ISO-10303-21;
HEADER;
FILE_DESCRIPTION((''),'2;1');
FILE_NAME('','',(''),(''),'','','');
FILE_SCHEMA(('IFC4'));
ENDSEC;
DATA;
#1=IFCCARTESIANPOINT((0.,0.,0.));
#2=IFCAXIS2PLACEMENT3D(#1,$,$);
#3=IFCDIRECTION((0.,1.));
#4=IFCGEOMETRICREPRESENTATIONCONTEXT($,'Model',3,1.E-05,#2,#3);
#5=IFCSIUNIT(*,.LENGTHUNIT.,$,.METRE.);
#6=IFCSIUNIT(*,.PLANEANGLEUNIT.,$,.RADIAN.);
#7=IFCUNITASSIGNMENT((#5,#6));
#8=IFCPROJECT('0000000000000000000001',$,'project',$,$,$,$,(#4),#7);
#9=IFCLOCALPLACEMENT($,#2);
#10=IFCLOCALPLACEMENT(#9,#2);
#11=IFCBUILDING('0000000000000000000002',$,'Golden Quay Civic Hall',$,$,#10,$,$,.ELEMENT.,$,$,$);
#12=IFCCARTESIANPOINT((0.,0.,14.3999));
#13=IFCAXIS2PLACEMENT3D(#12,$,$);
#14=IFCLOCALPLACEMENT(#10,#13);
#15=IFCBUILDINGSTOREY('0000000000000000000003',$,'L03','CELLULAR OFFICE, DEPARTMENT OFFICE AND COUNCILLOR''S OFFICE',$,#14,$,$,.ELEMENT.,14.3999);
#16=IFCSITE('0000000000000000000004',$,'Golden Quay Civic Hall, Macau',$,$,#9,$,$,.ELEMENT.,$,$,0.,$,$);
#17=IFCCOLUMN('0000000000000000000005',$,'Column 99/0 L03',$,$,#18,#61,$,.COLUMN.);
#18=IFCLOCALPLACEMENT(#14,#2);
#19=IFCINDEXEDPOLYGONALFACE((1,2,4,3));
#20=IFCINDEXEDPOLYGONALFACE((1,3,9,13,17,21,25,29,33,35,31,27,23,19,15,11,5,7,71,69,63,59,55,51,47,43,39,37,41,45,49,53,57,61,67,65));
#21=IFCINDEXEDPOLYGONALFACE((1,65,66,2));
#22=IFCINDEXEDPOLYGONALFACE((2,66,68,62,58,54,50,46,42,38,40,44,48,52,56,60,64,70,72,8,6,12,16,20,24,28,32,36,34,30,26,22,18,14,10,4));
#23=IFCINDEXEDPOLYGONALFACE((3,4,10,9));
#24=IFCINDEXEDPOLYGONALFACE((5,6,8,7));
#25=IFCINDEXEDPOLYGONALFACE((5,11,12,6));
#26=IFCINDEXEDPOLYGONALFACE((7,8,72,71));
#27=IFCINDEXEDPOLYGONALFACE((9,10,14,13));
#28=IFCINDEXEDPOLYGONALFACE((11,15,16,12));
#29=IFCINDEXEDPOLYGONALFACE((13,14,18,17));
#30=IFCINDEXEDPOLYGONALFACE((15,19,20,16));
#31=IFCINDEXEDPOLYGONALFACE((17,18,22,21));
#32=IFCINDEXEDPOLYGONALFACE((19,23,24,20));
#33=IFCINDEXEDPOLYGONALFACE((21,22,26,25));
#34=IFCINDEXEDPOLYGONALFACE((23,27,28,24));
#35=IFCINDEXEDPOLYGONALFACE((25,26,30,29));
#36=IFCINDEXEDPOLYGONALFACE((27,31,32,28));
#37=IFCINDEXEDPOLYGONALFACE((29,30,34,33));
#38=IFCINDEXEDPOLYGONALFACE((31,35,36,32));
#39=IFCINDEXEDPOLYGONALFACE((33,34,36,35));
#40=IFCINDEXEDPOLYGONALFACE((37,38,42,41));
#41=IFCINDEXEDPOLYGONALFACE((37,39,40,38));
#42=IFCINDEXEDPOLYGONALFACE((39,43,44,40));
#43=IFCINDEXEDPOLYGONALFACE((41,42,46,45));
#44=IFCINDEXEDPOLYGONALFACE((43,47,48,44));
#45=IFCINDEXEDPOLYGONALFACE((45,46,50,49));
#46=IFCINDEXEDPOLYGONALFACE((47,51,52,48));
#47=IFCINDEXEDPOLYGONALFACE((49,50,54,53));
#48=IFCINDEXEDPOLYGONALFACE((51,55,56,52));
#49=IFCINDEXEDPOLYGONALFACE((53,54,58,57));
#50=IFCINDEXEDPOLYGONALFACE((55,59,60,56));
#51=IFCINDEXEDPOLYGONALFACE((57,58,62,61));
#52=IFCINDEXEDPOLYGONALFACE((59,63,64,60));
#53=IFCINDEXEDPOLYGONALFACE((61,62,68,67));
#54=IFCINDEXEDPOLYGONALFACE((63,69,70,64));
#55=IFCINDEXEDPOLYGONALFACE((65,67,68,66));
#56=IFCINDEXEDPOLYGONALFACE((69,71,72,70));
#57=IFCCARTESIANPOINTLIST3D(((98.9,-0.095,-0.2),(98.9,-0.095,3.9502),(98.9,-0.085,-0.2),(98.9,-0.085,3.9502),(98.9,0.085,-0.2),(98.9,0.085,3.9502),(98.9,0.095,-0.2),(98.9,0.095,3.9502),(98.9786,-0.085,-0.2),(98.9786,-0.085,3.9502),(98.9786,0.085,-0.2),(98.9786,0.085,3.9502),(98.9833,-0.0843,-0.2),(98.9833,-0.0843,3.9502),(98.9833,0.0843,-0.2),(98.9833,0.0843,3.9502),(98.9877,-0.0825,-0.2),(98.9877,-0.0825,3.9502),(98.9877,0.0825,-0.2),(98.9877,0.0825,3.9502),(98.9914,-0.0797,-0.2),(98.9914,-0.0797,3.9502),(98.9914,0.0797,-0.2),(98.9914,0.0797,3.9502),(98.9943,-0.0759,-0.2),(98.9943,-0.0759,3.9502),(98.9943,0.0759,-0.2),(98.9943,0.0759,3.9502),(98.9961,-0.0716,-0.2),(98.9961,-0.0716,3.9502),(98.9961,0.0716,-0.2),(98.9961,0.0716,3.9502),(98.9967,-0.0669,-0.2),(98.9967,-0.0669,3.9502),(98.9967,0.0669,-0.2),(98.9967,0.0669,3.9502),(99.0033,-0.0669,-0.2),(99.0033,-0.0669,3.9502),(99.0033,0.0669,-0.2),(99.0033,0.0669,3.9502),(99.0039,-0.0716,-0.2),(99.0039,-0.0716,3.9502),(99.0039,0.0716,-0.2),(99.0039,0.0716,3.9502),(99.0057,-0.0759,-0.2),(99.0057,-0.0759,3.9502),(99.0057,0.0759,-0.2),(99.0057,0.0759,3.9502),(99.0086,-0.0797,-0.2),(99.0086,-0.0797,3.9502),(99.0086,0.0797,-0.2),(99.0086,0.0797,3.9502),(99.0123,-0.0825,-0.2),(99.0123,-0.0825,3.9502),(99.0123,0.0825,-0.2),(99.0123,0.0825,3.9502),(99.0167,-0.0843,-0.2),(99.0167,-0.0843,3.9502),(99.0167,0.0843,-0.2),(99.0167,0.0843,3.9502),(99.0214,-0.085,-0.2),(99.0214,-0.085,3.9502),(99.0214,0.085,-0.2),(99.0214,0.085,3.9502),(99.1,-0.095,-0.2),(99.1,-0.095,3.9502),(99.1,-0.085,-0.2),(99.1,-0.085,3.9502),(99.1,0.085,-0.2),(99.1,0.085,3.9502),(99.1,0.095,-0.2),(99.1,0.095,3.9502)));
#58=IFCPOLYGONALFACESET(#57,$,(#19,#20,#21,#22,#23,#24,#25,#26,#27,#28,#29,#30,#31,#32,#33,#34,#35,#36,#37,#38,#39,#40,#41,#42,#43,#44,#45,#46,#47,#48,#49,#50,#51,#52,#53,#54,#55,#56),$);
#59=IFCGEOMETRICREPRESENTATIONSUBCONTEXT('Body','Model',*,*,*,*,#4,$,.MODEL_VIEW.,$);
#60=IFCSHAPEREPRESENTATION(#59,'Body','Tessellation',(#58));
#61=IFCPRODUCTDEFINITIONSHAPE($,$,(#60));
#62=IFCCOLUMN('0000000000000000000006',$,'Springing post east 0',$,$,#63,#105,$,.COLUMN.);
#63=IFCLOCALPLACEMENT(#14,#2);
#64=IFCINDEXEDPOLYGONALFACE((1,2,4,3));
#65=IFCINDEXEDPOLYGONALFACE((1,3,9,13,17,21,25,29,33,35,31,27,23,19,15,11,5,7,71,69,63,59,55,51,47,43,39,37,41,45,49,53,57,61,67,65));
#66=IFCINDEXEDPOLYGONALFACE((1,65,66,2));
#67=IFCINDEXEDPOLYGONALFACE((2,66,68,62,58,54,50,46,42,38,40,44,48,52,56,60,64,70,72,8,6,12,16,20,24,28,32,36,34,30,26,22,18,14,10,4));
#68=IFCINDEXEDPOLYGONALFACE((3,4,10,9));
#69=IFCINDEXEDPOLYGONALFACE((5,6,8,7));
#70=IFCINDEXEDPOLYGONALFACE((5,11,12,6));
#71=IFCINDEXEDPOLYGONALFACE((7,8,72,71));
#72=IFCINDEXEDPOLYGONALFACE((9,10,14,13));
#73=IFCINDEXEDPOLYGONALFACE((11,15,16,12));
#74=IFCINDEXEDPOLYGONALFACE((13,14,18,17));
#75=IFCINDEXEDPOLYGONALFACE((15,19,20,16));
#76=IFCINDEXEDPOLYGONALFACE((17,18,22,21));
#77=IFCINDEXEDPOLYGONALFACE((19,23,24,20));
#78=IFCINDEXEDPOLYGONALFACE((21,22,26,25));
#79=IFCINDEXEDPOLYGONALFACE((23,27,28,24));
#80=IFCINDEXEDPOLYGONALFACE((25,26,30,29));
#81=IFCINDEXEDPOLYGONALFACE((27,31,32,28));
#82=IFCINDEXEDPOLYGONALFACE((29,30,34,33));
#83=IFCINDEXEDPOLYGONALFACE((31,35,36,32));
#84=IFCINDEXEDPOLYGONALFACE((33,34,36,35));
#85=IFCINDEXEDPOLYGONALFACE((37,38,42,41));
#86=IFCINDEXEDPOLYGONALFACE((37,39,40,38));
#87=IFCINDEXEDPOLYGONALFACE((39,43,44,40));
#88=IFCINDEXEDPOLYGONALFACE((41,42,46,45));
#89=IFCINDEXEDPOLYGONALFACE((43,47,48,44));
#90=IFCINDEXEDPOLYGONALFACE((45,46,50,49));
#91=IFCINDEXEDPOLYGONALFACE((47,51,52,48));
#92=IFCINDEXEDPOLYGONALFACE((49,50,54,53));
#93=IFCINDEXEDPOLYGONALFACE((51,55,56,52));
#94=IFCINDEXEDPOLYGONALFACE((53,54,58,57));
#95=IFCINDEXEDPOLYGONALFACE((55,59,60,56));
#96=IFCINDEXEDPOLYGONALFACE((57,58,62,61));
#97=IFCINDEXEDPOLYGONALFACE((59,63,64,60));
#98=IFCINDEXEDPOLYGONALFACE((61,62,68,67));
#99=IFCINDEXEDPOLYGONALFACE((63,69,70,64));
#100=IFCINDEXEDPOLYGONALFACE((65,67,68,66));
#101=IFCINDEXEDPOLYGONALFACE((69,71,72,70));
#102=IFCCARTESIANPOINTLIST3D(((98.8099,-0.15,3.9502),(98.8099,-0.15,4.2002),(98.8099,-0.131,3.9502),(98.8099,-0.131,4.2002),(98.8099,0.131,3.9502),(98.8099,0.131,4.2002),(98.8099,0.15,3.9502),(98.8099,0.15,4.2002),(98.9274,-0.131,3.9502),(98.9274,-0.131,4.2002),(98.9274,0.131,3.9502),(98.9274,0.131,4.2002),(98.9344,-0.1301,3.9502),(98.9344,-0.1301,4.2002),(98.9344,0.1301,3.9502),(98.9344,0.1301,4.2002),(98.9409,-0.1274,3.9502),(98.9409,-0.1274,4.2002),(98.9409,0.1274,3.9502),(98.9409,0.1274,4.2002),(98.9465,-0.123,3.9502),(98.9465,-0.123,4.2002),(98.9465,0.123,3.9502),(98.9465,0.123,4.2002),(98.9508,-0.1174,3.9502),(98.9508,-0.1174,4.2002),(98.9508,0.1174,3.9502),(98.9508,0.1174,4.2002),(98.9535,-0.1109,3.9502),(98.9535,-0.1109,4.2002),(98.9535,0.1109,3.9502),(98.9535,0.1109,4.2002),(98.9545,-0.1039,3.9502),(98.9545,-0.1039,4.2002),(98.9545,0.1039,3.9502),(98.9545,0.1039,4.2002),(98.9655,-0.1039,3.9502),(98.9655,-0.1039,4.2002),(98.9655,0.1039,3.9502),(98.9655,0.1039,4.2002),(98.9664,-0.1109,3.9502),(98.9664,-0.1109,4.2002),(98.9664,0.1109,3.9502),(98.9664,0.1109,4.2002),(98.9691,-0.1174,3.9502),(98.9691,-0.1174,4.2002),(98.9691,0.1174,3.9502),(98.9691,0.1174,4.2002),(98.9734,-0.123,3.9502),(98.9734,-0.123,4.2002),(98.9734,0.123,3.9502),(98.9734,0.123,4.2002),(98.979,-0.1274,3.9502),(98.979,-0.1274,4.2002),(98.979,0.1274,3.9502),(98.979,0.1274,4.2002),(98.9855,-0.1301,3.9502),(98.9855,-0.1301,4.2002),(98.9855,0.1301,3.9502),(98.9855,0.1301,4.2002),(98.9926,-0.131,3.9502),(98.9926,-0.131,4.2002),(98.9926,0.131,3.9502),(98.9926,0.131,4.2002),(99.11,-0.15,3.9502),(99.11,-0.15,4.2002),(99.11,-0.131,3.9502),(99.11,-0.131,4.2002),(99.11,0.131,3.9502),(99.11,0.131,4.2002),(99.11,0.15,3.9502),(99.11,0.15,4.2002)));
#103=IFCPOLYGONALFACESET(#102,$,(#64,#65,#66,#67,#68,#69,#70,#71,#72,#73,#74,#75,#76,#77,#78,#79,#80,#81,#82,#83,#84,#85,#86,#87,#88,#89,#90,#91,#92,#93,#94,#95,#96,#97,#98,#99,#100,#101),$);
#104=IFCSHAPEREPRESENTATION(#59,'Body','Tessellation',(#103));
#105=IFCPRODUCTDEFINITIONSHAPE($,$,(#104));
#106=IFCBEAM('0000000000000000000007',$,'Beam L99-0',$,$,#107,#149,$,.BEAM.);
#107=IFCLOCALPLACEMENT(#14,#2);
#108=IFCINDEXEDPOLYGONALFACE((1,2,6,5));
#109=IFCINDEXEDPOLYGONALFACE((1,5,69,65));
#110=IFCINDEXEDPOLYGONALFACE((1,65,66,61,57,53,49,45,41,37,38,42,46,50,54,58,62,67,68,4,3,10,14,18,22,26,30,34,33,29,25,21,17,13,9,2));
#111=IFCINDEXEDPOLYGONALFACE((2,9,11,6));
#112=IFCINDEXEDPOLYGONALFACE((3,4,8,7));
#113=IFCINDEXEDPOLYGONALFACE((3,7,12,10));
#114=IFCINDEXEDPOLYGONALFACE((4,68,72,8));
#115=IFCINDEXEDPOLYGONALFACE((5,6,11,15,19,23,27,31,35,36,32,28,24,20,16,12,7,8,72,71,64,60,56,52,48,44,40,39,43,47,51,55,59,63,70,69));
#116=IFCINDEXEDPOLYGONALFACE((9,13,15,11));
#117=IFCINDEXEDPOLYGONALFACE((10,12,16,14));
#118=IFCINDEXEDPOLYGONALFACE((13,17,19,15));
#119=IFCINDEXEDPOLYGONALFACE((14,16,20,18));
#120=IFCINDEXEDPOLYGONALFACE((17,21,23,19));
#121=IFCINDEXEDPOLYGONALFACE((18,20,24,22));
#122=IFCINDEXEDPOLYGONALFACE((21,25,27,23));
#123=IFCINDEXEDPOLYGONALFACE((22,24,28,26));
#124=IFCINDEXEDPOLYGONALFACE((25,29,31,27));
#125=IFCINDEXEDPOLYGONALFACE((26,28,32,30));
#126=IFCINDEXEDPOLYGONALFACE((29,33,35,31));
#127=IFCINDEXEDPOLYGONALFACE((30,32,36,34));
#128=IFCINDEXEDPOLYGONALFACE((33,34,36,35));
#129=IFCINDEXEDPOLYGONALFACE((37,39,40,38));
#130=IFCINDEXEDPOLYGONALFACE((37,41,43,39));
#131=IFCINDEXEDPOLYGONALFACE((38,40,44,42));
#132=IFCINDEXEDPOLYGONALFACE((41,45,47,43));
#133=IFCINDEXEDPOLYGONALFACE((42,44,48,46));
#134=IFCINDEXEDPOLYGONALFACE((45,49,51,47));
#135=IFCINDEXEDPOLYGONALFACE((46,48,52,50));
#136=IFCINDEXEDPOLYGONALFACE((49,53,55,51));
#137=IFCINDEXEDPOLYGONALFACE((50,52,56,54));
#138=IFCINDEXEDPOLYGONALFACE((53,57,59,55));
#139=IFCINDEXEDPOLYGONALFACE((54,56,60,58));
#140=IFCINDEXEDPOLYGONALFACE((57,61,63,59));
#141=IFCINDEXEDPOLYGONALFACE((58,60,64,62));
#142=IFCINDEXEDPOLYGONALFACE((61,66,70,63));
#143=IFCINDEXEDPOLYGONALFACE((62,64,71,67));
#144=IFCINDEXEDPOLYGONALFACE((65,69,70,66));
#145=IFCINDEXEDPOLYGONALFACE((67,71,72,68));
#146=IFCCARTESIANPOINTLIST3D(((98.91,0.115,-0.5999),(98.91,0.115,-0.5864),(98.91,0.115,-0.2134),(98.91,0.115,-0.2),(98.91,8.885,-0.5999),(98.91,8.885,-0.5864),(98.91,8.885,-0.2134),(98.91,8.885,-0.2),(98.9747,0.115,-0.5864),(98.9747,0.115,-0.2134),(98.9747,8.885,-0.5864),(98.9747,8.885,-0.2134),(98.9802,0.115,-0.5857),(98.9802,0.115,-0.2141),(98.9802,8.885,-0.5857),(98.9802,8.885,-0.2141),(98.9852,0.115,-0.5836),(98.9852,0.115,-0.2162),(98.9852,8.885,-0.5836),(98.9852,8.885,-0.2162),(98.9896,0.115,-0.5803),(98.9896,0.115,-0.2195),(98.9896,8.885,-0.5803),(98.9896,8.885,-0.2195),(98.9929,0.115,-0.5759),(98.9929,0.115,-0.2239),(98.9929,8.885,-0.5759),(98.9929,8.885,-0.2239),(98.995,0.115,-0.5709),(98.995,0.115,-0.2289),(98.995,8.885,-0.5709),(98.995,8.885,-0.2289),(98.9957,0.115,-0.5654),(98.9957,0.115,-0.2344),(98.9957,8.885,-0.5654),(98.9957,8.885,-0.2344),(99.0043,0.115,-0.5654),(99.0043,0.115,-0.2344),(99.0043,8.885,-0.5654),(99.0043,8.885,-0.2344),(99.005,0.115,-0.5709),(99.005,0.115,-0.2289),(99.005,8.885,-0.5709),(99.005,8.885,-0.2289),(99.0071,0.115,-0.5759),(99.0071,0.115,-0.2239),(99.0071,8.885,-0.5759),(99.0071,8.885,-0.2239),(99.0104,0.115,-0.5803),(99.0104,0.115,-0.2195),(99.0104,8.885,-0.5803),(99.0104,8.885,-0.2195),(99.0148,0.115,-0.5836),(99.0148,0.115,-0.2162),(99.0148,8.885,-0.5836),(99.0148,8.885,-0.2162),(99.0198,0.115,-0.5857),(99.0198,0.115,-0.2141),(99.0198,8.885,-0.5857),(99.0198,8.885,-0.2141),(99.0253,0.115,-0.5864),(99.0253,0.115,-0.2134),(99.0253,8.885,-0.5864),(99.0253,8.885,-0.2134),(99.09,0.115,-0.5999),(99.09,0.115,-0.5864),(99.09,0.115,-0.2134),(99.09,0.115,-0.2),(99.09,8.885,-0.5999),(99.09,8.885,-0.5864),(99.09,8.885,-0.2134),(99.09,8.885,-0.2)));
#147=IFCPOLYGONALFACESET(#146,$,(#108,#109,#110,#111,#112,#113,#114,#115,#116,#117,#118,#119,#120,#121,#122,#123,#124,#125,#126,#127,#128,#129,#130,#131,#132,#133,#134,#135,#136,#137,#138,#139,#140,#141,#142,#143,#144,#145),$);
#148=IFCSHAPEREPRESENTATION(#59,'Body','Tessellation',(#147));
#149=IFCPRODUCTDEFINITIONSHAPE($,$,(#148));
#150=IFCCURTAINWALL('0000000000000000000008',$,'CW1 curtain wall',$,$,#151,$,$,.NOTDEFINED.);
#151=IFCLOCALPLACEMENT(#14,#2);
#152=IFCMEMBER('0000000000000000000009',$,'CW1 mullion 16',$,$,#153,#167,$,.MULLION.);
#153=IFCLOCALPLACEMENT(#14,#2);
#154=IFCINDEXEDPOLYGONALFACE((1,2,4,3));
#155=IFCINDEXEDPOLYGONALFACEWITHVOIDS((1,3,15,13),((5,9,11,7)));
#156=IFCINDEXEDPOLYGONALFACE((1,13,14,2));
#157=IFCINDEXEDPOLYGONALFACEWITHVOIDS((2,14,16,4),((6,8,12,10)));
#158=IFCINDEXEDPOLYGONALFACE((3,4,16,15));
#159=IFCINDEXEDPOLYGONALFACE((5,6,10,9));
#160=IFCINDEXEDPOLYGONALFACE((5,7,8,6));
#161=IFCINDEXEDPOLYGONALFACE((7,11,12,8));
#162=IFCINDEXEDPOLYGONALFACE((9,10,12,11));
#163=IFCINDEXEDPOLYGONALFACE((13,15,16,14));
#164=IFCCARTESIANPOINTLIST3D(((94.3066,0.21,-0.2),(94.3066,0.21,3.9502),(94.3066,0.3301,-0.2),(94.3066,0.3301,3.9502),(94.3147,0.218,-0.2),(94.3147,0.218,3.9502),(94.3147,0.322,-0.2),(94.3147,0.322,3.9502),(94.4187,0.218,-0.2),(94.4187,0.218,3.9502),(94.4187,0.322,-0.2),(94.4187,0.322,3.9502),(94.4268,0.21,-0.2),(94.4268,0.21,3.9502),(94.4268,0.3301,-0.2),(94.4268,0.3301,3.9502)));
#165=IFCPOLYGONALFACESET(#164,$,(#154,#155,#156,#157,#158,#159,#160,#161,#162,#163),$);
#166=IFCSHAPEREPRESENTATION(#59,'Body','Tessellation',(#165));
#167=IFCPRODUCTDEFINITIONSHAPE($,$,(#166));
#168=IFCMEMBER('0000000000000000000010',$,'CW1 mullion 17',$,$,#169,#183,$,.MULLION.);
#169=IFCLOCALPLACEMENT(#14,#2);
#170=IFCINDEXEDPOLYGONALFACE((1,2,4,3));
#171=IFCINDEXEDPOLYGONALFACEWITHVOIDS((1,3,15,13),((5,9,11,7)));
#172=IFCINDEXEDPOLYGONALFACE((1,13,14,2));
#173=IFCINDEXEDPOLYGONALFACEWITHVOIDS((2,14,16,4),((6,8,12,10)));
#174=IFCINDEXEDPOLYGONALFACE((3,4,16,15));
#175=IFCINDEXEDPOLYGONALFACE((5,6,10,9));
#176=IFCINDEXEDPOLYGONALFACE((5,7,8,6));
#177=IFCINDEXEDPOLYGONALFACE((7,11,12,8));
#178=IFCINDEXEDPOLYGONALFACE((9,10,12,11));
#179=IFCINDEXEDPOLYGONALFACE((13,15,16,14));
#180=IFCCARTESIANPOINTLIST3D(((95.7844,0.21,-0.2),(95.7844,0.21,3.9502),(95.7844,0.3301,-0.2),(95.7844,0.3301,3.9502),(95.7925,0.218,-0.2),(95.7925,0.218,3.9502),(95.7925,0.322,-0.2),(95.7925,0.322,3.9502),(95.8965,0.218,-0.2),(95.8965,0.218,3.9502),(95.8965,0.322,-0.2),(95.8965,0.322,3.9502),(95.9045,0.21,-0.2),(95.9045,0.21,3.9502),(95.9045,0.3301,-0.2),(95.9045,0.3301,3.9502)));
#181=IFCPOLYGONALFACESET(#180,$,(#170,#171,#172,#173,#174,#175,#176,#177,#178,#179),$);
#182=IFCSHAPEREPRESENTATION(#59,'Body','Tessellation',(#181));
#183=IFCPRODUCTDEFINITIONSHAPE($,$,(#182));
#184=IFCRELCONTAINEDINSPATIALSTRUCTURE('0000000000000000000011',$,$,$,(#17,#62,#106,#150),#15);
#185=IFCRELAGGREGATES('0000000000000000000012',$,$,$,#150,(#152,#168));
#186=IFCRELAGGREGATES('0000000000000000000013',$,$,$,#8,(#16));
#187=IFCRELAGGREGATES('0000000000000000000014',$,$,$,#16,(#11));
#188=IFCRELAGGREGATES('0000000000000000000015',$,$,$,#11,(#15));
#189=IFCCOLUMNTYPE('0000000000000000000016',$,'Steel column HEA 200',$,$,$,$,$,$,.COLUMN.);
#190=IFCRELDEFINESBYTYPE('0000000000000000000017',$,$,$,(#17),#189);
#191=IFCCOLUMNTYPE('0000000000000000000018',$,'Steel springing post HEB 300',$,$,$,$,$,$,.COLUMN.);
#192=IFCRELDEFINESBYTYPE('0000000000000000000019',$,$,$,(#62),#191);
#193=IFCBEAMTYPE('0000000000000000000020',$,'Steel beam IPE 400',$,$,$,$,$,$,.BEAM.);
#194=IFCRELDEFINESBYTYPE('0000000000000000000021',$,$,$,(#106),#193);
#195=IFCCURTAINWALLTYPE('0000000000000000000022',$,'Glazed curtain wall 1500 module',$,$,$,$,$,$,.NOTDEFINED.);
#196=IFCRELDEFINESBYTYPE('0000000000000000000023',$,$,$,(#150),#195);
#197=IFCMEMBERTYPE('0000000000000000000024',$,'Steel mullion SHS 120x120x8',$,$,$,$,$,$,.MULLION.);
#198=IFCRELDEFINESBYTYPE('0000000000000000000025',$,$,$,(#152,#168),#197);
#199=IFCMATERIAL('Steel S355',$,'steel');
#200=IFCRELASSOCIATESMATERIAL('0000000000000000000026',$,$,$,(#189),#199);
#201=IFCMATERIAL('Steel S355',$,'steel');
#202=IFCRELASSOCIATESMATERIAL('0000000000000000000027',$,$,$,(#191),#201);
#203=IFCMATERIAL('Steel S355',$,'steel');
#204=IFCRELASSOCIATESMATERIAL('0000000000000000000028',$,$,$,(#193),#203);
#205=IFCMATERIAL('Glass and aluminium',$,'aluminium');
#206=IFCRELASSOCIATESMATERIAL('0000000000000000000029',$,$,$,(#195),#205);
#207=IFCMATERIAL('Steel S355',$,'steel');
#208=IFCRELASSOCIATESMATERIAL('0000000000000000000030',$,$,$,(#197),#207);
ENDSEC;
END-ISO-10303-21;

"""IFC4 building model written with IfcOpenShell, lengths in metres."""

from ifc_helpers import new_model, si_unit, direction, frame, origin, origin_2d, place, context, subcontext, project, spatial, hollow_rectangle, i_section, extrude, material, material_profile, profile_set, type_object, element, aggregate, save


model = new_model("IFC4")

# Units and contexts
model_context = context("Model", 3, precision=1e-05, world=origin(), true_north=direction((0.0, 1.0)))
body_context = subcontext(model_context, "Body", "Model", "MODEL_VIEW")
ifc_project = project(units=[si_unit("LENGTHUNIT", "METRE"), si_unit("PLANEANGLEUNIT", "RADIAN")], contexts=[model_context])

# Site, building, storey
site_placement = place(None, origin())
site = spatial("IfcSite", under=ifc_project, at=site_placement, Name="Golden Quay Civic Hall, Macau", CompositionType="ELEMENT", RefElevation=0.0)
building_placement = place(site_placement, origin())
building = spatial("IfcBuilding", under=site, at=building_placement, Name="Golden Quay Civic Hall", CompositionType="ELEMENT")
storey_placement = place(building_placement, frame((0.0, 0.0, 14.3999)))
storey = spatial("IfcBuildingStorey", under=building, at=storey_placement, Name="L03", Description="CELLULAR OFFICE, DEPARTMENT OFFICE AND COUNCILLOR'S OFFICE", CompositionType="ELEMENT", Elevation=14.3999)

# Columns
ifc_material_1 = material(Name="Steel S355", Category="steel")
ifc_material_profile_1 = material_profile(ifc_material_1, i_section(OverallWidth=0.2, OverallDepth=0.1899, WebThickness=0.0066, FlangeThickness=0.01, FilletRadius=0.0181, at=origin_2d()), Name="HEA 200")
ifc_profile_set_1 = profile_set([ifc_material_profile_1], Name="Steel S355")
column_type_1 = type_object("IfcColumnType", Name="Steel column HEA 200", PredefinedType="COLUMN", material=ifc_profile_set_1)
column_1_placement = place(storey_placement, frame((99.0, 0.0, -0.2), z_axis=(0.0, 0.0, 1.0), x_axis=(1.0, 0.0, 0.0)))
element("IfcColumn", 1, at=column_1_placement, inside=storey, type_object=column_type_1, Name="Column 99/0 L03", PredefinedType="COLUMN", context=body_context, shape_type="SweptSolid", body=[
    extrude(i_section(OverallWidth=0.2, OverallDepth=0.1899, WebThickness=0.0066, FlangeThickness=0.01, FilletRadius=0.0181, at=origin_2d()), origin(), (0.0, 0.0, 1.0), 4.1501),
])
ifc_material_2 = material(Name="Steel S355", Category="steel")
ifc_material_profile_2 = material_profile(ifc_material_2, i_section(OverallWidth=0.3, OverallDepth=0.3, WebThickness=0.011, FlangeThickness=0.019, FilletRadius=0.0271, at=origin_2d()), Name="HEB 300")
ifc_profile_set_2 = profile_set([ifc_material_profile_2], Name="Steel S355")
column_type_2 = type_object("IfcColumnType", Name="Steel springing post HEB 300", PredefinedType="COLUMN", material=ifc_profile_set_2)
column_2_placement = place(storey_placement, frame((98.96, 0.0, 3.9502), z_axis=(0.0, 0.0, 1.0), x_axis=(1.0, 0.0, 0.0)))
element("IfcColumn", 2, at=column_2_placement, inside=storey, type_object=column_type_2, Name="Springing post east 0", PredefinedType="COLUMN", context=body_context, shape_type="SweptSolid", body=[
    extrude(i_section(OverallWidth=0.3, OverallDepth=0.3, WebThickness=0.011, FlangeThickness=0.019, FilletRadius=0.0271, at=origin_2d()), origin(), (0.0, 0.0, 1.0), 0.25),
])

# Beam
ifc_material_3 = material(Name="Steel S355", Category="steel")
ifc_material_profile_3 = material_profile(ifc_material_3, i_section(OverallWidth=0.1799, OverallDepth=0.3999, WebThickness=0.0085, FlangeThickness=0.0134, FilletRadius=0.021, at=origin_2d()), Name="IPE 400")
ifc_profile_set_3 = profile_set([ifc_material_profile_3], Name="Steel S355")
beam_type = type_object("IfcBeamType", Name="Steel beam IPE 400", PredefinedType="BEAM", material=ifc_profile_set_3)
beam_placement = place(storey_placement, frame((99.0, 0.115, -0.3999), z_axis=(0.0, 1.0, 0.0), x_axis=(-1.0, 0.0, 0.0)))
element("IfcBeam", 3, at=beam_placement, inside=storey, type_object=beam_type, Name="Beam L99-0", PredefinedType="BEAM", context=body_context, shape_type="SweptSolid", body=[
    extrude(i_section(OverallWidth=0.1799, OverallDepth=0.3999, WebThickness=0.0085, FlangeThickness=0.0134, FilletRadius=0.021, at=origin_2d()), origin(), (0.0, 0.0, 1.0), 8.77),
])

# Curtain wall, members
ifc_material_4 = material(Name="Glass and aluminium", Category="aluminium")
curtain_wall_type = type_object("IfcCurtainWallType", Name="Glazed curtain wall 1500 module", PredefinedType="NOTDEFINED", material=ifc_material_4)
curtain_wall_placement = place(storey_placement, origin())
curtain_wall = element("IfcCurtainWall", 4, at=curtain_wall_placement, inside=storey, type_object=curtain_wall_type, Name="CW1 curtain wall", PredefinedType="NOTDEFINED")
ifc_material_5 = material(Name="Steel S355", Category="steel")
ifc_material_profile_4 = material_profile(ifc_material_5, hollow_rectangle(XDim=0.1201, YDim=0.1201, WallThickness=0.0081, at=origin_2d()), Name="SHS 120x120x8")
ifc_profile_set_4 = profile_set([ifc_material_profile_4], Name="Steel S355")
member_type_1 = type_object("IfcMemberType", Name="Steel mullion SHS 120x120x8", PredefinedType="MULLION", material=ifc_profile_set_4)
member_1_placement = place(storey_placement, frame((94.3667, 0.27, -0.2), z_axis=(0.0, 0.0, 1.0), x_axis=(0.0, 1.0, 0.0)))
member_1 = element("IfcMember", 5, at=member_1_placement, type_object=member_type_1, Name="CW1 mullion 16", PredefinedType="MULLION", context=body_context, shape_type="SweptSolid", body=[
    extrude(hollow_rectangle(XDim=0.1201, YDim=0.1201, WallThickness=0.0081, at=origin_2d()), origin(), (0.0, 0.0, 1.0), 4.1501),
])
member_2_placement = place(storey_placement, frame((95.8445, 0.27, -0.2), z_axis=(0.0, 0.0, 1.0), x_axis=(0.0, 1.0, 0.0)))
member_2 = element("IfcMember", 6, at=member_2_placement, type_object=member_type_1, Name="CW1 mullion 17", PredefinedType="MULLION", context=body_context, shape_type="SweptSolid", body=[
    extrude(hollow_rectangle(XDim=0.1201, YDim=0.1201, WallThickness=0.0081, at=origin_2d()), origin(), (0.0, 0.0, 1.0), 4.1501),
])
aggregate(curtain_wall, [member_1, member_2])

save(model, "model.ifc")
